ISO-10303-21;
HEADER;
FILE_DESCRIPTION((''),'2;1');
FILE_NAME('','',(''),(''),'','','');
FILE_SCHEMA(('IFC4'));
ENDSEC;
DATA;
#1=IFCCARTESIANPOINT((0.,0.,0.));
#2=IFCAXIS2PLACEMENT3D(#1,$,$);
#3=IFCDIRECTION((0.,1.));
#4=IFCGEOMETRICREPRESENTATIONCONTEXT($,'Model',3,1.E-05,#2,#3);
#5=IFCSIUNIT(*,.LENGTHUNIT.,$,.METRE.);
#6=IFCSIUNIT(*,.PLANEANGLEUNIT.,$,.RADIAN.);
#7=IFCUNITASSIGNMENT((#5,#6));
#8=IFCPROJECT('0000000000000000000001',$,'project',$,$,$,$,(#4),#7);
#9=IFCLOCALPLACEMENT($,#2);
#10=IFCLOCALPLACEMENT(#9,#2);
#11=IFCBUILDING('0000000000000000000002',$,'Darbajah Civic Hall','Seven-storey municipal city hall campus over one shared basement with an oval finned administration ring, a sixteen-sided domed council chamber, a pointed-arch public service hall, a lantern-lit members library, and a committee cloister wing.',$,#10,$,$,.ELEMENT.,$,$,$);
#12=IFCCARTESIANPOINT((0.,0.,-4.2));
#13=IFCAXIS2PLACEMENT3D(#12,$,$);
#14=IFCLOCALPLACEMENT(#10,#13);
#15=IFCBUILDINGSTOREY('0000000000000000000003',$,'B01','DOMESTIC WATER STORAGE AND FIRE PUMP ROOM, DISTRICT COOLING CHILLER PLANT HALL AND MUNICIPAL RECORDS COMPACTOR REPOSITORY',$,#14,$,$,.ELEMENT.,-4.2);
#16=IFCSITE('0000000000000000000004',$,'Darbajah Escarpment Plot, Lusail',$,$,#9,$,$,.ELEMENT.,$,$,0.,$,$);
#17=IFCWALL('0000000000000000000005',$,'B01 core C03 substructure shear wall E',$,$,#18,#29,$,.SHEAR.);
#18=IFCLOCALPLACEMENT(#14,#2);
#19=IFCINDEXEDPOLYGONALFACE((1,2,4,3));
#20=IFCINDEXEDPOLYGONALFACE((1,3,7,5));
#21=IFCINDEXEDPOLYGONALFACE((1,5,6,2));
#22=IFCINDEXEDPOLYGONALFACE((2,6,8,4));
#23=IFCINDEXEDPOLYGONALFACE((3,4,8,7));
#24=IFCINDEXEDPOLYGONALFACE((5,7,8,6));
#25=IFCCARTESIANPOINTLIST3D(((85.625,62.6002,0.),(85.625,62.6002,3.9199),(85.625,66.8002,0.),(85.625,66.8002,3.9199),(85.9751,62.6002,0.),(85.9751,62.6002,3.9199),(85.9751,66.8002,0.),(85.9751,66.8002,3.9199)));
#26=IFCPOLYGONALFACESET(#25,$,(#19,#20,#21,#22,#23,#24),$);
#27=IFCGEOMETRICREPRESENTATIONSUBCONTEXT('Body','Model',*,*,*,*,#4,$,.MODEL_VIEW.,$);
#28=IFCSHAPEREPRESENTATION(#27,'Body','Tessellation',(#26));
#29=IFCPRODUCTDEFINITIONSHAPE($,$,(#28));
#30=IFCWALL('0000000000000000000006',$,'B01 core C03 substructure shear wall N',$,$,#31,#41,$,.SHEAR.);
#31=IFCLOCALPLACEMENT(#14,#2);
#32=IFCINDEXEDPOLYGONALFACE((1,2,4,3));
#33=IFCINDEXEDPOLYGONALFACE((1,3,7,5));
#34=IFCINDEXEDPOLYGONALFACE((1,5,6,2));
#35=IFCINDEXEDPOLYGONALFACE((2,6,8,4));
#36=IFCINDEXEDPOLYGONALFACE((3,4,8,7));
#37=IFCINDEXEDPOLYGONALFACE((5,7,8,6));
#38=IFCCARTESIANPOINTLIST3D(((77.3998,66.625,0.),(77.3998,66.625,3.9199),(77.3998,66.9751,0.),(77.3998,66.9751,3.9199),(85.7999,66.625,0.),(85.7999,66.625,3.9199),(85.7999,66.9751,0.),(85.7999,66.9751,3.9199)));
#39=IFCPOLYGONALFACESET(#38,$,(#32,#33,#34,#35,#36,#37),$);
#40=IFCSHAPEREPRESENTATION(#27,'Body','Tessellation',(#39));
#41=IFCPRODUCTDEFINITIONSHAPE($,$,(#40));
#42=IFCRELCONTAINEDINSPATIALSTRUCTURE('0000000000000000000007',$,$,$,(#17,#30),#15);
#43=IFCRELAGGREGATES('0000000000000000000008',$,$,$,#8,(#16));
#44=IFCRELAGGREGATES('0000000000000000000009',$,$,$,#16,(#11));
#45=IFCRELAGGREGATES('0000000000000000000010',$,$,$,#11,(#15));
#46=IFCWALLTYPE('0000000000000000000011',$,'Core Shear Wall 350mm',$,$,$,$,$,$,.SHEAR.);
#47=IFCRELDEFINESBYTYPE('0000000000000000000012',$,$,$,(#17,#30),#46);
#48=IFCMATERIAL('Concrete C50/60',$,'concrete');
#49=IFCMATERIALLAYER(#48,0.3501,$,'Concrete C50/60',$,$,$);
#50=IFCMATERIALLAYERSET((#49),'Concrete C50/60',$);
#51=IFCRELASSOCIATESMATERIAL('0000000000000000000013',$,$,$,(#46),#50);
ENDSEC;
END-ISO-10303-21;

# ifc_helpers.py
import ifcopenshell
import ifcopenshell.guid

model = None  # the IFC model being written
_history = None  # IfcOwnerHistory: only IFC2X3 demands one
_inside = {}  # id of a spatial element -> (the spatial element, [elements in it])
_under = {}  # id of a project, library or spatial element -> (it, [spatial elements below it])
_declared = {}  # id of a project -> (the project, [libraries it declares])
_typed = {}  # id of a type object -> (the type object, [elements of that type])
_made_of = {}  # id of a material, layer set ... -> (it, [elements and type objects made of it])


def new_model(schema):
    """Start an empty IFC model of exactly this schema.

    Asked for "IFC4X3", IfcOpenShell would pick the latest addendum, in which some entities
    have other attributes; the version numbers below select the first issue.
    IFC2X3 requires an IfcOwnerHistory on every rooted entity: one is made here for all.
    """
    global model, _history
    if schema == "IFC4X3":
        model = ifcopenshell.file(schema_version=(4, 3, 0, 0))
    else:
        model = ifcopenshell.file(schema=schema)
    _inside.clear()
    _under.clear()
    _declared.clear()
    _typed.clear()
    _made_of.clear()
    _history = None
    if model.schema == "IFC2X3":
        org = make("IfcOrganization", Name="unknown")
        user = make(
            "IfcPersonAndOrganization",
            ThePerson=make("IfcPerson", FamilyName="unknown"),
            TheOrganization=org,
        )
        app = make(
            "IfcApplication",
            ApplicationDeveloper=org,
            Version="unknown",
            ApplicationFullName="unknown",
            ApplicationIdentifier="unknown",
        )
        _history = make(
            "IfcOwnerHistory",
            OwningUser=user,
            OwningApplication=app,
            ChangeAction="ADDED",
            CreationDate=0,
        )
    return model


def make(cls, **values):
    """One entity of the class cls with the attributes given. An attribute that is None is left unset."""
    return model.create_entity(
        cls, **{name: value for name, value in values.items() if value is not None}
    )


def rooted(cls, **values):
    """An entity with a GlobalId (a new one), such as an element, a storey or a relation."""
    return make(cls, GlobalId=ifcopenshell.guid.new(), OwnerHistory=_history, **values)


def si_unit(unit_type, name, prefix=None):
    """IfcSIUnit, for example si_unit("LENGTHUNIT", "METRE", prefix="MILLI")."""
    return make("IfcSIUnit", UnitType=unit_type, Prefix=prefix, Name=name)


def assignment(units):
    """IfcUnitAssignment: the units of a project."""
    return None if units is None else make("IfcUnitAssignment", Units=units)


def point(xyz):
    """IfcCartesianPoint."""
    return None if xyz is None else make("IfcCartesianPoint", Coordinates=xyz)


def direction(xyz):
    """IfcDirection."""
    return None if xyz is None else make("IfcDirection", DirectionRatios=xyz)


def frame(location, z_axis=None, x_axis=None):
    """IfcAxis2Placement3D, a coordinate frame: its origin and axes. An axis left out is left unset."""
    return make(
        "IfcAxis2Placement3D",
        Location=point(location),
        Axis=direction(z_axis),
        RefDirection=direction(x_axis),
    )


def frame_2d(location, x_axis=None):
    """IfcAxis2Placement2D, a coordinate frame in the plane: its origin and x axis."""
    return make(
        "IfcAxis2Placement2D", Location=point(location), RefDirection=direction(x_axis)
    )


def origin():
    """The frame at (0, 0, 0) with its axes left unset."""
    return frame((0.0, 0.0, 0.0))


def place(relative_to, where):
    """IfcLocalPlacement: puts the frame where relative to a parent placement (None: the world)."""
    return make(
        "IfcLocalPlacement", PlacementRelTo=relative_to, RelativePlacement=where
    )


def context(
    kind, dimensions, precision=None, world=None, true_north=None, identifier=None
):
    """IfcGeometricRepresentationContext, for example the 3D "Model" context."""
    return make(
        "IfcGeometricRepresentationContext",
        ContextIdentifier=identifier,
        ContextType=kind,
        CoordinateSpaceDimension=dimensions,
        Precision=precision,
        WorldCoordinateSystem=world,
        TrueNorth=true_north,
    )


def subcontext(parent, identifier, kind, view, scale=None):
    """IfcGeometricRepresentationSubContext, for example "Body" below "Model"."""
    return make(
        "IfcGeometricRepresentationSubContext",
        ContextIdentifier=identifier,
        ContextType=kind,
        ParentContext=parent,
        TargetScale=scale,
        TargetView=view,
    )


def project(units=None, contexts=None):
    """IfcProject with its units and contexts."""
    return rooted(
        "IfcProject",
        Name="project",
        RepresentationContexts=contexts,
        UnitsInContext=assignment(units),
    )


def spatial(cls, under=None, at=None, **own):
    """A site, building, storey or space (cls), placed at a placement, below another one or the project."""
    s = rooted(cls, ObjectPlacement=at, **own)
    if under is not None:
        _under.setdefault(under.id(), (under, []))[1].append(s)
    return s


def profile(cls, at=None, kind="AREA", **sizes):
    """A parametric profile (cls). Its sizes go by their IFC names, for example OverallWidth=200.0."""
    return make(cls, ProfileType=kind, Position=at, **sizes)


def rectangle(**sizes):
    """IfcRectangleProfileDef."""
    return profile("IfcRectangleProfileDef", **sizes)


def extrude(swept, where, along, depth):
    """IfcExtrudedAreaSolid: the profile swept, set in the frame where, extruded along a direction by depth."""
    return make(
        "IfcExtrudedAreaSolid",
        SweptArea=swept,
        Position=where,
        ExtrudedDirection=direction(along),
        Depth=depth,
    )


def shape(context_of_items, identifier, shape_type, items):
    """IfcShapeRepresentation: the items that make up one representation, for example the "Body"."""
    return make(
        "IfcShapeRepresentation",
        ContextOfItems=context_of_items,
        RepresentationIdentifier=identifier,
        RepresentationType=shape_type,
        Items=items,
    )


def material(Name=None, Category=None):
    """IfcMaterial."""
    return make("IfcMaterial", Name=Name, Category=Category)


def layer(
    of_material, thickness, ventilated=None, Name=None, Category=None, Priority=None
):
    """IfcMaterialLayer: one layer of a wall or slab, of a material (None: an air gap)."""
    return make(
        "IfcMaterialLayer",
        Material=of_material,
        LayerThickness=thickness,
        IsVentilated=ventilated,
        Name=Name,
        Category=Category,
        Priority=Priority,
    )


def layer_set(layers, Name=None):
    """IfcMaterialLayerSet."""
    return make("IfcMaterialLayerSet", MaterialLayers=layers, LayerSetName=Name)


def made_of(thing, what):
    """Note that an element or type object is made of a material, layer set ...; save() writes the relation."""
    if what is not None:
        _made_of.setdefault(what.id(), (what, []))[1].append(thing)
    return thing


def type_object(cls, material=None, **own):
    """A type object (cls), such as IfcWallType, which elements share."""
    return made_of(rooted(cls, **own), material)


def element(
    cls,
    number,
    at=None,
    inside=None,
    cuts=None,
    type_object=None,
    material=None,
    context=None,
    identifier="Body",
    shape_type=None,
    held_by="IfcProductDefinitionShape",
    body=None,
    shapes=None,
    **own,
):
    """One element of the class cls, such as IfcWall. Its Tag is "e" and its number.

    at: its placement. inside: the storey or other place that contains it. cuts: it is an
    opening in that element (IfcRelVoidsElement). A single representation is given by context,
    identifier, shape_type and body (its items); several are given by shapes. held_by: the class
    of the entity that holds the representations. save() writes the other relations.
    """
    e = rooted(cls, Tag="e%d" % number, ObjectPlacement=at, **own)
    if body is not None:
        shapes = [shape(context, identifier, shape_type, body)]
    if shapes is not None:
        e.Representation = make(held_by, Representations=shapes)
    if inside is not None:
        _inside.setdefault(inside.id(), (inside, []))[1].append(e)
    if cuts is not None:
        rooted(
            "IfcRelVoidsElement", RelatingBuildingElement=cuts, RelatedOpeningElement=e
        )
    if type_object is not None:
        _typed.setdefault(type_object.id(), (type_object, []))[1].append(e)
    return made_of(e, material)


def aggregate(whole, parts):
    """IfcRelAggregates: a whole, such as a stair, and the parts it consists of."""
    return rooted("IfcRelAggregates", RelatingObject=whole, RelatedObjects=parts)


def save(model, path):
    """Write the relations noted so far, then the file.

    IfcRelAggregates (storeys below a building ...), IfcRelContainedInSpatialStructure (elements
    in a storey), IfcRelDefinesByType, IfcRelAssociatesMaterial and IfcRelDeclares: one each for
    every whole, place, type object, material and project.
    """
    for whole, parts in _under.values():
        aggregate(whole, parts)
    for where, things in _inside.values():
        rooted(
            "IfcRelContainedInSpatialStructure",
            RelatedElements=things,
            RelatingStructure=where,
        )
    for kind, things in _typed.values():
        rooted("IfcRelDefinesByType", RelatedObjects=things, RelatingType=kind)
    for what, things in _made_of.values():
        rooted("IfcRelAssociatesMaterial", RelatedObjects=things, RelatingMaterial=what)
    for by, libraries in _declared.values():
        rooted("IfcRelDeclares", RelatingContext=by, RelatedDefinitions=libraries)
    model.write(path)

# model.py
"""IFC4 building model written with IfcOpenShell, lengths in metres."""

from ifc_helpers import new_model, si_unit, direction, frame, frame_2d, origin, place, context, subcontext, project, spatial, rectangle, extrude, material, layer, layer_set, type_object, element, save


model = new_model("IFC4")

# Units and contexts
model_context = context("Model", 3, precision=1e-05, world=origin(), true_north=direction((0.0, 1.0)))
body_context = subcontext(model_context, "Body", "Model", "MODEL_VIEW")
ifc_project = project(units=[si_unit("LENGTHUNIT", "METRE"), si_unit("PLANEANGLEUNIT", "RADIAN")], contexts=[model_context])

# Site, building, storey
site_placement = place(None, origin())
site = spatial("IfcSite", under=ifc_project, at=site_placement, Name="Darbajah Escarpment Plot, Lusail", CompositionType="ELEMENT", RefElevation=0.0)
building_placement = place(site_placement, origin())
building = spatial("IfcBuilding", under=site, at=building_placement, Name="Darbajah Civic Hall", Description="Seven-storey municipal city hall campus over one shared basement with an oval finned administration ring, a sixteen-sided domed council chamber, a pointed-arch public service hall, a lantern-lit members library, and a committee cloister wing.", CompositionType="ELEMENT")
storey_placement = place(building_placement, frame((0.0, 0.0, -4.2)))
storey = spatial("IfcBuildingStorey", under=building, at=storey_placement, Name="B01", Description="DOMESTIC WATER STORAGE AND FIRE PUMP ROOM, DISTRICT COOLING CHILLER PLANT HALL AND MUNICIPAL RECORDS COMPACTOR REPOSITORY", CompositionType="ELEMENT", Elevation=-4.2)

# Shared definitions
ifc_material_1 = material(Name="Concrete C50/60", Category="concrete")

# Walls
ifc_layer_1 = layer(ifc_material_1, 0.3501, Name="Concrete C50/60")
ifc_layer_set_1 = layer_set([ifc_layer_1], Name="Concrete C50/60")
wall_type_1 = type_object("IfcWallType", Name="Core Shear Wall 350mm", PredefinedType="SHEAR", material=ifc_layer_set_1)
wall_1_placement = place(storey_placement, frame((85.8, 62.6001, 0.0), z_axis=(0.0, 0.0, 1.0), x_axis=(0.0, 1.0, 0.0)))
element("IfcWall", 1, at=wall_1_placement, inside=storey, type_object=wall_type_1, Name="B01 core C03 substructure shear wall E", PredefinedType="SHEAR", context=body_context, shape_type="SweptSolid", body=[
    extrude(rectangle(XDim=4.2, YDim=0.3501, at=frame_2d((2.1001, 0.0))), origin(), (0.0, 0.0, 1.0), 3.9199),
])
wall_2_placement = place(storey_placement, frame((85.8, 66.8, 0.0), z_axis=(0.0, 0.0, 1.0), x_axis=(-1.0, 0.0, 0.0)))
element("IfcWall", 2, at=wall_2_placement, inside=storey, type_object=wall_type_1, Name="B01 core C03 substructure shear wall N", PredefinedType="SHEAR", context=body_context, shape_type="SweptSolid", body=[
    extrude(rectangle(XDim=8.4001, YDim=0.3501, at=frame_2d((4.2002, 0.0))), origin(), (0.0, 0.0, 1.0), 3.9199),
])

save(model, "model.ifc")
